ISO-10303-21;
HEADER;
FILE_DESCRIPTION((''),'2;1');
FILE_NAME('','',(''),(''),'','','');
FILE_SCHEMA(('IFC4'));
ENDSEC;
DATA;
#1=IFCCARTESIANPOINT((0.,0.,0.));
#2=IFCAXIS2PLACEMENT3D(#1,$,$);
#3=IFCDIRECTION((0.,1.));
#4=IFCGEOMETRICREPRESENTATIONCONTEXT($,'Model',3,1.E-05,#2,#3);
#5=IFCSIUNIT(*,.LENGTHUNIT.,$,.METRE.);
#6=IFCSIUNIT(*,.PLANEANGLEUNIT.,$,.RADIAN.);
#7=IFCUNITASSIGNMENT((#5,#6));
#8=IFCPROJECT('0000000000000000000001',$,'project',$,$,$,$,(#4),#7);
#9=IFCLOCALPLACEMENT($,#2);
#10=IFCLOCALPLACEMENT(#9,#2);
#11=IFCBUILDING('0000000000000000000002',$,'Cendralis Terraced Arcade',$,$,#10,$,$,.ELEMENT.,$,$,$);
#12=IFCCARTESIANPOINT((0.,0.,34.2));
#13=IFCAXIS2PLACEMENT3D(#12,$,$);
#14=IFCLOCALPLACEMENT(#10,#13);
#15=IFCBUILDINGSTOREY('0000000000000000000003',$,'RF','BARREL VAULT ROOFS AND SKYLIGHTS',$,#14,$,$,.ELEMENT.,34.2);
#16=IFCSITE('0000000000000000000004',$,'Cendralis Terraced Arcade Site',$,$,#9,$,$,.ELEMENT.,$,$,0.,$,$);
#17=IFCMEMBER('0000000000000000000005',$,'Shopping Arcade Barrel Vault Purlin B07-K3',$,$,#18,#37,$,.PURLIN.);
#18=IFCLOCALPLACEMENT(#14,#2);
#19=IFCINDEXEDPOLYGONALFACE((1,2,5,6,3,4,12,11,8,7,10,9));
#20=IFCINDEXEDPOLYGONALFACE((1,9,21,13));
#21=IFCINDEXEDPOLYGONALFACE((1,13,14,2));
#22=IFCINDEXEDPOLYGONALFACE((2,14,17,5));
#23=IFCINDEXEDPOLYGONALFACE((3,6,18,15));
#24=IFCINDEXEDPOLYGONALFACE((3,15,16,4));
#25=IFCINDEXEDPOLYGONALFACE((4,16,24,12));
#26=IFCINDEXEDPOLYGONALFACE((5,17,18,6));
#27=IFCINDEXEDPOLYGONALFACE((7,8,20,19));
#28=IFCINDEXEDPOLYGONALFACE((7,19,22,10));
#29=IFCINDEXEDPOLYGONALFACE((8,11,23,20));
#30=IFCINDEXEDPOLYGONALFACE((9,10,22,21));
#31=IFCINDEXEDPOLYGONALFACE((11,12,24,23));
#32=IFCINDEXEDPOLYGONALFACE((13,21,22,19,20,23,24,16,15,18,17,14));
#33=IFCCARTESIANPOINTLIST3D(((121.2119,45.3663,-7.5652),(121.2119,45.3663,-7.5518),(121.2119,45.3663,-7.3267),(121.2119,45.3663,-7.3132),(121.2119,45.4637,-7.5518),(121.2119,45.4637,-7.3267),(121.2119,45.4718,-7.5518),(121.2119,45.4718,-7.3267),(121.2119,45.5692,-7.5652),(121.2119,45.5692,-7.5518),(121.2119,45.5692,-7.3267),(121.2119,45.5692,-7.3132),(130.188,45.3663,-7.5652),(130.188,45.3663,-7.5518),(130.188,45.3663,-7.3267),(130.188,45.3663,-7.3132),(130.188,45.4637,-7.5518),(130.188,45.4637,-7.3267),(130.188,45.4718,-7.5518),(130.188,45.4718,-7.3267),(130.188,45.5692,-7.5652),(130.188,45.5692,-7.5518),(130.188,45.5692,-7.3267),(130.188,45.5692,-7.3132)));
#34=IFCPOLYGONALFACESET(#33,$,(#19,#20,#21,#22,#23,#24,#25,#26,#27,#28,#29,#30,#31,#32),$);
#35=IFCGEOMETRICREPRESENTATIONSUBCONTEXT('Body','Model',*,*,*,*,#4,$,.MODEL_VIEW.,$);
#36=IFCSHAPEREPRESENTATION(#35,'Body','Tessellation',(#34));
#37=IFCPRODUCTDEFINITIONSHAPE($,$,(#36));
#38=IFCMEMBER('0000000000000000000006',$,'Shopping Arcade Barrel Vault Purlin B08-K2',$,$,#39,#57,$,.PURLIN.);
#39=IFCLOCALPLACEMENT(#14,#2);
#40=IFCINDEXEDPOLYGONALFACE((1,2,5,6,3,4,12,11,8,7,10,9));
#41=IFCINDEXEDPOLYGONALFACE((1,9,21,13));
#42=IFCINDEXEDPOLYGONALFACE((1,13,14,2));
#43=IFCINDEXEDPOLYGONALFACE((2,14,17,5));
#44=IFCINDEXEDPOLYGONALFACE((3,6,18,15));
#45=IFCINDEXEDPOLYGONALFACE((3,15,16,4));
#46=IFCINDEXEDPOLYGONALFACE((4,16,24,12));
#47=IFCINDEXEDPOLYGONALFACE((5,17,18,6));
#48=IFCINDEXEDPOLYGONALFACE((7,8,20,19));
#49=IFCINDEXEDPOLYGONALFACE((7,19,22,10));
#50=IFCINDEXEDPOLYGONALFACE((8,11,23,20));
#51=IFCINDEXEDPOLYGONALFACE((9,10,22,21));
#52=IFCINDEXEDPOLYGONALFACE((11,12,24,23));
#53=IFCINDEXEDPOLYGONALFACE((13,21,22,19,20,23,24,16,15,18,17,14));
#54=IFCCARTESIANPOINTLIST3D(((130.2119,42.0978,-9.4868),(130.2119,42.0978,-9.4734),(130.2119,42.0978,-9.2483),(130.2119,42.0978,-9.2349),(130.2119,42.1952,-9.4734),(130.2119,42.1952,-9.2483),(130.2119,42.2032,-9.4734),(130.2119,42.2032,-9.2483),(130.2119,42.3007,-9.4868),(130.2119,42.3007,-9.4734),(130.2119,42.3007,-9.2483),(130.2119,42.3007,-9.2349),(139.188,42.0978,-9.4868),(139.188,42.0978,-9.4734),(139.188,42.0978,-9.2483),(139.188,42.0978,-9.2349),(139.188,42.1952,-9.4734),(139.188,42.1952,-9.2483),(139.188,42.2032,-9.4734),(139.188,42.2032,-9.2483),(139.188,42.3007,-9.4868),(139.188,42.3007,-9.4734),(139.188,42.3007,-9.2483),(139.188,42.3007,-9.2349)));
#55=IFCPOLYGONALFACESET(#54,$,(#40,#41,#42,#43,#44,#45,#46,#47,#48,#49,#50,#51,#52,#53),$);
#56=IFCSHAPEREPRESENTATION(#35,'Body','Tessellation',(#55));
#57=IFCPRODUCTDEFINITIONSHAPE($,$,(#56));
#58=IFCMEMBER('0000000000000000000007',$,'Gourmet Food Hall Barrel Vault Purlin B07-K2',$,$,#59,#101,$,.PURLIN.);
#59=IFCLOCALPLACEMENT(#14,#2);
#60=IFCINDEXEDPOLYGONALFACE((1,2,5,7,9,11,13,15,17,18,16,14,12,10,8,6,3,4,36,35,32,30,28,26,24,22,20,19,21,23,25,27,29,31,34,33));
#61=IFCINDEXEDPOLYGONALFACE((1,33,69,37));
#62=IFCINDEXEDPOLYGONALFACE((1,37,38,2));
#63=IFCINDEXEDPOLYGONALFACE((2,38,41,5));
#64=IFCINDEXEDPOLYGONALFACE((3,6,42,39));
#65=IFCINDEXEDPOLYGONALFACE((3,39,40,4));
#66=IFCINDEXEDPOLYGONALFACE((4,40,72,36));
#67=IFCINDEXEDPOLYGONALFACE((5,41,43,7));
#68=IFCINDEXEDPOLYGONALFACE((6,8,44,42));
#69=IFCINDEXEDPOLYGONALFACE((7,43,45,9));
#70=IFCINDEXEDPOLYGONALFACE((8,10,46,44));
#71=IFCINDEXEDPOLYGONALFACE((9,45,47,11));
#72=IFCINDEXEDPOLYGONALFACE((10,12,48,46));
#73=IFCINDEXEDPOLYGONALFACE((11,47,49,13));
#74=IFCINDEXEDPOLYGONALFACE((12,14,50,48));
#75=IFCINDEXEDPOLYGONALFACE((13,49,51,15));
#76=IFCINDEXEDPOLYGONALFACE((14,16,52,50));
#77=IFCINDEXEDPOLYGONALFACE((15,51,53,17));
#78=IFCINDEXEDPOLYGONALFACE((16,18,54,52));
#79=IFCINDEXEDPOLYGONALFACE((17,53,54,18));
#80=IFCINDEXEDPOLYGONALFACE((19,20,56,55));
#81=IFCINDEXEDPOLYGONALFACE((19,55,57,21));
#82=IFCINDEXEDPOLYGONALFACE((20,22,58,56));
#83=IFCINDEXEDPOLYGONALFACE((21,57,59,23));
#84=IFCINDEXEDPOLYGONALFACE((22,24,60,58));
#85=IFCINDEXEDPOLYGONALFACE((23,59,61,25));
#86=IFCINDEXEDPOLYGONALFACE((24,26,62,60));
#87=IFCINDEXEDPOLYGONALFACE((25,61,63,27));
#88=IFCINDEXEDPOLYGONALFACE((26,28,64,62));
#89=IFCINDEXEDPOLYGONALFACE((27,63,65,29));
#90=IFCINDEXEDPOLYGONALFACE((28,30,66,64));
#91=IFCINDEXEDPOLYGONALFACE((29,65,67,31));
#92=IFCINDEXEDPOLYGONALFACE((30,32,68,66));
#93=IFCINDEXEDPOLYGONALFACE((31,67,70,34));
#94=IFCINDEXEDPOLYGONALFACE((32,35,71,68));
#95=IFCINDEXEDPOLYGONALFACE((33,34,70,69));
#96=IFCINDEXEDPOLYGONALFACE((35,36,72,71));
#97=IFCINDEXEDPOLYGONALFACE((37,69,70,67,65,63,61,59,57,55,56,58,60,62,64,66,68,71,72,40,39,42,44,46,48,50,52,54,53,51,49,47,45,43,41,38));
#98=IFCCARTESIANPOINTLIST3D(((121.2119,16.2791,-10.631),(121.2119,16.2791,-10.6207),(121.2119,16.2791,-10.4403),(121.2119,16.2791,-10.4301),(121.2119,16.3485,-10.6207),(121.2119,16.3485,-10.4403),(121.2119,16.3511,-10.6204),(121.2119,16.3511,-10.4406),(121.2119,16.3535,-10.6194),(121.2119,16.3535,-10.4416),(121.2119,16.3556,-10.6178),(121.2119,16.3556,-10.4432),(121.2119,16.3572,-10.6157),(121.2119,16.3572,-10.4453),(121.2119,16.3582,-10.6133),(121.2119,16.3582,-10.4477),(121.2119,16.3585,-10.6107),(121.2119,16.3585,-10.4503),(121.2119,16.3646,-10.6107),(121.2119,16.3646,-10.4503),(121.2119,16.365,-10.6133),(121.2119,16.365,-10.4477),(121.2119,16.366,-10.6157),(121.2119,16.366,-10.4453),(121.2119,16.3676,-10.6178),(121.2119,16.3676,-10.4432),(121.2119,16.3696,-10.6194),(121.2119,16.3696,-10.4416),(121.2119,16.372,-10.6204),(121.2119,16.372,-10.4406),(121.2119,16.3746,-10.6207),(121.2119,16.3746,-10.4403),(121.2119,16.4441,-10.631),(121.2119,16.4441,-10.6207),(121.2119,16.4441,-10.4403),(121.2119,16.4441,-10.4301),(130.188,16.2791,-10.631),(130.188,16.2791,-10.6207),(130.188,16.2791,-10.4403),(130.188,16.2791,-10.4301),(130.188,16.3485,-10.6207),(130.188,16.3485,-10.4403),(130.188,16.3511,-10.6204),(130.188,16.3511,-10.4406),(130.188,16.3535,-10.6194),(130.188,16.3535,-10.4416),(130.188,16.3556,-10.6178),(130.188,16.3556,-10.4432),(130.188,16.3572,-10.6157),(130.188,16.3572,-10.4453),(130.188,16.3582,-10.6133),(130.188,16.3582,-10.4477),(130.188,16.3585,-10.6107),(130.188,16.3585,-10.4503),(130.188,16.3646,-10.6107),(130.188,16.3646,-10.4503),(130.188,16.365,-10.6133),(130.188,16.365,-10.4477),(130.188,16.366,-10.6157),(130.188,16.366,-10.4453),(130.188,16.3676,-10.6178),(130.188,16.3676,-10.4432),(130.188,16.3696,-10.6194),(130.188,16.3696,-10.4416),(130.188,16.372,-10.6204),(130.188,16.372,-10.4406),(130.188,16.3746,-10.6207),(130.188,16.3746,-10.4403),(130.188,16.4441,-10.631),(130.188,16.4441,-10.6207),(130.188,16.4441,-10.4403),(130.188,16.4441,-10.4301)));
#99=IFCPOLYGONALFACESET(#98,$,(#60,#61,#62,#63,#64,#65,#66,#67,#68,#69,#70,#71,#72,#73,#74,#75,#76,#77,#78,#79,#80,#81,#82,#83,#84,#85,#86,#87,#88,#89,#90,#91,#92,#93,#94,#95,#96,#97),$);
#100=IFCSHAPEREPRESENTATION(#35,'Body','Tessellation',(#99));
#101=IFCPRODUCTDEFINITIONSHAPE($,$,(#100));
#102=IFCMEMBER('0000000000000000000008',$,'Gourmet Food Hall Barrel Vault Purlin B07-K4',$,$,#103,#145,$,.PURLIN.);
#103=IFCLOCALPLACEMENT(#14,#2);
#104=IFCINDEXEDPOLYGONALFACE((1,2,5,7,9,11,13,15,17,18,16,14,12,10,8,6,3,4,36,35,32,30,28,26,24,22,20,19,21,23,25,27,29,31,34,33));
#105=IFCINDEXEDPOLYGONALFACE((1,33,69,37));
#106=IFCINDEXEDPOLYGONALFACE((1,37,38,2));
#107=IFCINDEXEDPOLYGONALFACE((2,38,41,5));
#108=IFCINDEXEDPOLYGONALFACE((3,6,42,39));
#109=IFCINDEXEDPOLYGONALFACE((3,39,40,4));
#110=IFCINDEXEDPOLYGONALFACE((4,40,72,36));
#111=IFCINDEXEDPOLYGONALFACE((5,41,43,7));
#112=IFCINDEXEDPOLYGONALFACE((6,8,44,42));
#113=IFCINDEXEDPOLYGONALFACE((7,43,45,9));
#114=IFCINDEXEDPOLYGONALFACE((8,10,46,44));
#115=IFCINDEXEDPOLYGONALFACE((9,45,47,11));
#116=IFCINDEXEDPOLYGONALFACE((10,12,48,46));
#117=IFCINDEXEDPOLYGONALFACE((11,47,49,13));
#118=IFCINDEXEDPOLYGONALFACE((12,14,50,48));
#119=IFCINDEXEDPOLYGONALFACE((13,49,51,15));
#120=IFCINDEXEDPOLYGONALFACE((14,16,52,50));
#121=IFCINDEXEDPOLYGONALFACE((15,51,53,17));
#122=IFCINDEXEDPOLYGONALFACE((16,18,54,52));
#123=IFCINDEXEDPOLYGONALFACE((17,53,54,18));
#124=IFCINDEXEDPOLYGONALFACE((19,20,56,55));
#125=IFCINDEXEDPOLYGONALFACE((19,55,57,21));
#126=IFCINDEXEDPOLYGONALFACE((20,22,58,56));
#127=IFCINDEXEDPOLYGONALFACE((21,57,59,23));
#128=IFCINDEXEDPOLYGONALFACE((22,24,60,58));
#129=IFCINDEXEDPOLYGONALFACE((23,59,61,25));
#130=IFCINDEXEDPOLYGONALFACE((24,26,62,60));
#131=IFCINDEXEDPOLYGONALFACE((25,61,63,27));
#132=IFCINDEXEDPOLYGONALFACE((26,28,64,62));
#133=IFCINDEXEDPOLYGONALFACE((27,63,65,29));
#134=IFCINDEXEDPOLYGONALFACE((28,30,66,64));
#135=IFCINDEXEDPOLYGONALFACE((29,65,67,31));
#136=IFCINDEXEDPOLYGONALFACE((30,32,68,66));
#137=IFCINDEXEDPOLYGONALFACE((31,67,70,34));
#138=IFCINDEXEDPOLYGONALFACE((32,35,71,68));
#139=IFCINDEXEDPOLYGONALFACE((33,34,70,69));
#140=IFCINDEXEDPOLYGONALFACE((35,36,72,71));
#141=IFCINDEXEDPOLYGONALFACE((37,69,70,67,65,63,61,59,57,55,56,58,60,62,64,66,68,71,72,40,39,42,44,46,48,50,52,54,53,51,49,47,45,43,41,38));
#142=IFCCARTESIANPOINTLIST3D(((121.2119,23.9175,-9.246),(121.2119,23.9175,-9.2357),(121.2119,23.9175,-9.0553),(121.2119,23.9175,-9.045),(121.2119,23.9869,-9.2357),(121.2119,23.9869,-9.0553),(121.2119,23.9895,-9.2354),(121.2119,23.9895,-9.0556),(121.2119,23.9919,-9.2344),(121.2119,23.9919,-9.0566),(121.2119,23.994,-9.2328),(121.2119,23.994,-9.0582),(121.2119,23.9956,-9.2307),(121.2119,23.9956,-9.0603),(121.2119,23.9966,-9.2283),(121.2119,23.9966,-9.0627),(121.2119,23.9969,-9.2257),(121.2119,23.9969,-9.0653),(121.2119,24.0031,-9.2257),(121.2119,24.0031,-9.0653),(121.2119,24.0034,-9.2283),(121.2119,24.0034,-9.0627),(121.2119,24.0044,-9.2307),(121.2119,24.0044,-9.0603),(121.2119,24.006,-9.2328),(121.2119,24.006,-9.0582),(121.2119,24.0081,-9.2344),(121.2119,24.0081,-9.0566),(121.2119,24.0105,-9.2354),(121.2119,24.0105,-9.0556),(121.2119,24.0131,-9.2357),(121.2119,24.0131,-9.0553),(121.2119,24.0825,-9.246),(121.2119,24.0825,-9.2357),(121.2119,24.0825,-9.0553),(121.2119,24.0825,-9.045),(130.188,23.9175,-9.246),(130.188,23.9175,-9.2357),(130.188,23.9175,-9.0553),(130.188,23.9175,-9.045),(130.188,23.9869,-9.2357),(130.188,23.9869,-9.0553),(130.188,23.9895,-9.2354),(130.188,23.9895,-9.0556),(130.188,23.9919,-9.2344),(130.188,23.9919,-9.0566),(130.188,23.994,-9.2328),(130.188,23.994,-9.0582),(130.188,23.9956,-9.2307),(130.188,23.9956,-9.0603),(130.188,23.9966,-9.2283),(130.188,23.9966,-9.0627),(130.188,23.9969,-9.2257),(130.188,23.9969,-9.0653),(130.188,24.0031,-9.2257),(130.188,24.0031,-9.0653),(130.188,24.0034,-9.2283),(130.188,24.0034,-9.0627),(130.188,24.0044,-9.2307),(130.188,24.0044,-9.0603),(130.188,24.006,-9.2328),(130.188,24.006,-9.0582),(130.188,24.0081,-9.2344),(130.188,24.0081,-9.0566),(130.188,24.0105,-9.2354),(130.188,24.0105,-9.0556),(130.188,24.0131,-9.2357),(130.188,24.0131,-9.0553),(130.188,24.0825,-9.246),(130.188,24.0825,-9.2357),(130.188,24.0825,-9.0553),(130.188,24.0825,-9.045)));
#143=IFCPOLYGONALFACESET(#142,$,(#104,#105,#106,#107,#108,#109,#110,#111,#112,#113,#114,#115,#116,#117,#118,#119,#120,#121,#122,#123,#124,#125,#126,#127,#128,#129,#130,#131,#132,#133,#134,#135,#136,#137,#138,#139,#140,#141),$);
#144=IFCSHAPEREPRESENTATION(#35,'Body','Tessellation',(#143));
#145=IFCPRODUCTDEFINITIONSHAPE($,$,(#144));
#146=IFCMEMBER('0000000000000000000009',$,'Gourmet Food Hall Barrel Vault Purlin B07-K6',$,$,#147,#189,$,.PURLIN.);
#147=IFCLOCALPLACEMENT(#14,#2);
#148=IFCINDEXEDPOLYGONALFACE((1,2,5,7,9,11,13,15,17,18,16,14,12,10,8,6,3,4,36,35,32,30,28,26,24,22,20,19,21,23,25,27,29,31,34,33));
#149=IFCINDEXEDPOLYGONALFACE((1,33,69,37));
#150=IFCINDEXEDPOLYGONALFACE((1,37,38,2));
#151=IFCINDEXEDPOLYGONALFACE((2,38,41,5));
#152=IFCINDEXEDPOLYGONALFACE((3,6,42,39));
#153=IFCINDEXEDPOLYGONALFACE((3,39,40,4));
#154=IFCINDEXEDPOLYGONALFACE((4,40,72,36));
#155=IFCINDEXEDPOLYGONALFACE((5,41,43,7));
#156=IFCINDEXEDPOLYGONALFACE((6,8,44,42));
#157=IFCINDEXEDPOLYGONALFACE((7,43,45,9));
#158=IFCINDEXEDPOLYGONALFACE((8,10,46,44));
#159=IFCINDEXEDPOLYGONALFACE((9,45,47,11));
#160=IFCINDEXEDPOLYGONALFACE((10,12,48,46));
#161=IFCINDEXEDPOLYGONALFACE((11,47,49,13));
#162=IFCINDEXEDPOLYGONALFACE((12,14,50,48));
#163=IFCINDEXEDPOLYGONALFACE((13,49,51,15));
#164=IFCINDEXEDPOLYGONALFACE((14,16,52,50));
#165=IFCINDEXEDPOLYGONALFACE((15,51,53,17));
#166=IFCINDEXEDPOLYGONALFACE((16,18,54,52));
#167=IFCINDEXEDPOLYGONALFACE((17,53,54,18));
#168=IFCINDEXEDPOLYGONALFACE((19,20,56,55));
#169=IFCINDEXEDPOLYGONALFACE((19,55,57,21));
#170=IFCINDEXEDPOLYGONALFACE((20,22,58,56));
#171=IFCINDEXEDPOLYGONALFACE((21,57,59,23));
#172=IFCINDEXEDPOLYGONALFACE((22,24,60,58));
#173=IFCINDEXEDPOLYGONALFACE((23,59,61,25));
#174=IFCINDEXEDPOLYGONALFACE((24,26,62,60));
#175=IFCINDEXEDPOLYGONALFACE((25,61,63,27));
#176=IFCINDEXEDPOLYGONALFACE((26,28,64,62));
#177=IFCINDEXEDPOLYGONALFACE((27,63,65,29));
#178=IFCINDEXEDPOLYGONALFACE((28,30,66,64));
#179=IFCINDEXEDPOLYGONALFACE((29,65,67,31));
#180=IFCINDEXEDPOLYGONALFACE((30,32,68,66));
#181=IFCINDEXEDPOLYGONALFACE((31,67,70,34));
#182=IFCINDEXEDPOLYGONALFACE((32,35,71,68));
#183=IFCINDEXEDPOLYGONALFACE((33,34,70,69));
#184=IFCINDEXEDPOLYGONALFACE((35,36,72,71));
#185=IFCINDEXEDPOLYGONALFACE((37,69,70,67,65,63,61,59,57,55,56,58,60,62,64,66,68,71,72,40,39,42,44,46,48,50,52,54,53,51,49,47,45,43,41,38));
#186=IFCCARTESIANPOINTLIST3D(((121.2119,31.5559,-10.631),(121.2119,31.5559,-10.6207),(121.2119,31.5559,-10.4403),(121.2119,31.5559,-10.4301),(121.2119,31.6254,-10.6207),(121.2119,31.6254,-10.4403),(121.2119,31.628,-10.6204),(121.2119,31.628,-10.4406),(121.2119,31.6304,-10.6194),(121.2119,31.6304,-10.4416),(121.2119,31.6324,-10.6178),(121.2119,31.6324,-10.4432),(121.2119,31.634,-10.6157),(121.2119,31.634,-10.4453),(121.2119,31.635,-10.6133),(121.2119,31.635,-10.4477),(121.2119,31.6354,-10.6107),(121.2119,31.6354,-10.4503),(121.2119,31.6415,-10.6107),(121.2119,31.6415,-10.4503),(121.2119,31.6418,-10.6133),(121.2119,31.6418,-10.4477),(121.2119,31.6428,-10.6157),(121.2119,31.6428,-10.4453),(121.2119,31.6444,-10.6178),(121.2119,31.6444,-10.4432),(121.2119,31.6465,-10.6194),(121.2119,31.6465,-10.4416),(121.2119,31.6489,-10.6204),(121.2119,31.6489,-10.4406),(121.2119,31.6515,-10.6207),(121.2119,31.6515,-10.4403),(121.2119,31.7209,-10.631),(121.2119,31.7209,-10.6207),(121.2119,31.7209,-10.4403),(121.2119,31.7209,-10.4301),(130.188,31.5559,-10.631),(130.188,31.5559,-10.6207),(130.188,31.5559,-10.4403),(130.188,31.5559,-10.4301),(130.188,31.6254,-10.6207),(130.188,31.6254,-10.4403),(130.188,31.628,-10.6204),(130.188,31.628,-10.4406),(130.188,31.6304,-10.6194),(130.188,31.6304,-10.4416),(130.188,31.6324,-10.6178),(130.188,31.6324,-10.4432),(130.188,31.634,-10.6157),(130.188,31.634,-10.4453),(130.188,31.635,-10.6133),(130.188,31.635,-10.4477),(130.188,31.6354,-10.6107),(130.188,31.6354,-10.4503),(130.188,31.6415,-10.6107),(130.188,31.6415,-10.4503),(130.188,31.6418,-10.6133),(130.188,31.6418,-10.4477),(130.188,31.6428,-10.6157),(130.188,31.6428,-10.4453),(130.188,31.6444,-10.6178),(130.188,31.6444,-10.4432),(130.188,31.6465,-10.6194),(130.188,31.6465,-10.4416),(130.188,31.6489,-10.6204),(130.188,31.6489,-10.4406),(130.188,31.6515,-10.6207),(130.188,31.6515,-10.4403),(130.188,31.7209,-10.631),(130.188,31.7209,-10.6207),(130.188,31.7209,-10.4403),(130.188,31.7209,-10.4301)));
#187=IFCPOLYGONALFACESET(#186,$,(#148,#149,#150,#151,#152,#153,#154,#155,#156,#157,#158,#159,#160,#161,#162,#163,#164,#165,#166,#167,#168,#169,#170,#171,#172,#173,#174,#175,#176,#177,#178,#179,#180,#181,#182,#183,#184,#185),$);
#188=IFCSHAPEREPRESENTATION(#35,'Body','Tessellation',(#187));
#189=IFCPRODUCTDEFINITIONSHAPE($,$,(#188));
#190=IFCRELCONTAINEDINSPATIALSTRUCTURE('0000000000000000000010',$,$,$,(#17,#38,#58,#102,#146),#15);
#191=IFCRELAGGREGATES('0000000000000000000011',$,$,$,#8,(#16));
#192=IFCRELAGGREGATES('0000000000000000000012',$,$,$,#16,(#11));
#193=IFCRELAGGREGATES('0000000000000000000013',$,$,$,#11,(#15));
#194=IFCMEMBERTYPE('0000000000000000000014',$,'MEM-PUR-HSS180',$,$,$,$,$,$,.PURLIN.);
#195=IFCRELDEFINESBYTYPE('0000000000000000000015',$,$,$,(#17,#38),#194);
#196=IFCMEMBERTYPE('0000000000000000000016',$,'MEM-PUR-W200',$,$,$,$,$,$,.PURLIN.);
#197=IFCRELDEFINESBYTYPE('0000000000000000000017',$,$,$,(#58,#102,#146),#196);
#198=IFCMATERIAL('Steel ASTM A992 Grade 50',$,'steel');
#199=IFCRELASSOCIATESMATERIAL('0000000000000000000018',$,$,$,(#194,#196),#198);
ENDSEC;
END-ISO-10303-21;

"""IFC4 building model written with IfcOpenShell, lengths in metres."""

from ifc_helpers import new_model, si_unit, direction, frame, origin, origin_2d, place, context, subcontext, project, spatial, i_section, extrude, material, material_profile, profile_set, type_object, element, save


model = new_model("IFC4")

# Units and contexts
model_context = context("Model", 3, precision=1e-05, world=origin(), true_north=direction((0.0, 1.0)))
body_context = subcontext(model_context, "Body", "Model", "MODEL_VIEW")
ifc_project = project(units=[si_unit("LENGTHUNIT", "METRE"), si_unit("PLANEANGLEUNIT", "RADIAN")], contexts=[model_context])

# Site, building, storey
site_placement = place(None, origin())
site = spatial("IfcSite", under=ifc_project, at=site_placement, Name="Cendralis Terraced Arcade Site", CompositionType="ELEMENT", RefElevation=0.0)
building_placement = place(site_placement, origin())
building = spatial("IfcBuilding", under=site, at=building_placement, Name="Cendralis Terraced Arcade", CompositionType="ELEMENT")
storey_placement = place(building_placement, frame((0.0, 0.0, 34.2)))
storey = spatial("IfcBuildingStorey", under=building, at=storey_placement, Name="RF", Description="BARREL VAULT ROOFS AND SKYLIGHTS", CompositionType="ELEMENT", Elevation=34.2)

# Members
ifc_material_1 = material(Name="Steel ASTM A992 Grade 50", Category="steel")
ifc_material_profile_1 = material_profile(ifc_material_1, i_section(OverallWidth=0.2029, OverallDepth=0.252, WebThickness=0.0081, FlangeThickness=0.0134, at=origin_2d()), Name="W250X58", Category="LoadBearing")
ifc_profile_set_1 = profile_set([ifc_material_profile_1], Name="Steel ASTM A992 Grade 50")
member_type_1 = type_object("IfcMemberType", Name="MEM-PUR-HSS180", PredefinedType="PURLIN", material=ifc_profile_set_1)
for number, where, z_axis, x_axis, name in (
    (1, (121.2119, 45.4678, -7.4392), (1.0, 0.0, 0.0), (0.0, 1.0, 0.0), "Shopping Arcade Barrel Vault Purlin B07-K3"),
    (2, (130.2119, 42.1992, -9.3608), (1.0, 0.0, 0.0), (0.0, 1.0, 0.0), "Shopping Arcade Barrel Vault Purlin B08-K2"),
):
    element("IfcMember", number, at=place(storey_placement, frame(where, z_axis=z_axis, x_axis=x_axis)), inside=storey, type_object=member_type_1, Name=name, PredefinedType="PURLIN", context=body_context, shape_type="SweptSolid", body=[
        extrude(i_section(OverallWidth=0.2029, OverallDepth=0.252, WebThickness=0.0081, FlangeThickness=0.0134, at=origin_2d()), origin(), (0.0, 0.0, 1.0), 8.9761),
    ])
ifc_material_profile_2 = material_profile(ifc_material_1, i_section(OverallWidth=0.165, OverallDepth=0.2009, WebThickness=0.0061, FlangeThickness=0.0103, FilletRadius=0.01, at=origin_2d()), Name="W200X35.9", Category="LoadBearing")
ifc_profile_set_2 = profile_set([ifc_material_profile_2], Name="Steel ASTM A992 Grade 50")
member_type_2 = type_object("IfcMemberType", Name="MEM-PUR-W200", PredefinedType="PURLIN", material=ifc_profile_set_2)
for number, where, z_axis, x_axis, name in (
    (3, (121.2119, 16.3616, -10.5305), (1.0, 0.0, 0.0), (0.0, 1.0, 0.0), "Gourmet Food Hall Barrel Vault Purlin B07-K2"),
    (4, (121.2119, 24.0, -9.1455), (1.0, 0.0, 0.0), (0.0, 1.0, 0.0), "Gourmet Food Hall Barrel Vault Purlin B07-K4"),
    (5, (121.2119, 31.6384, -10.5305), (1.0, 0.0, 0.0), (0.0, 1.0, 0.0), "Gourmet Food Hall Barrel Vault Purlin B07-K6"),
):
    element("IfcMember", number, at=place(storey_placement, frame(where, z_axis=z_axis, x_axis=x_axis)), inside=storey, type_object=member_type_2, Name=name, PredefinedType="PURLIN", context=body_context, shape_type="SweptSolid", body=[
        extrude(i_section(OverallWidth=0.165, OverallDepth=0.2009, WebThickness=0.0061, FlangeThickness=0.0103, FilletRadius=0.01, at=origin_2d()), origin(), (0.0, 0.0, 1.0), 8.9761),
    ])

save(model, "model.ifc")
